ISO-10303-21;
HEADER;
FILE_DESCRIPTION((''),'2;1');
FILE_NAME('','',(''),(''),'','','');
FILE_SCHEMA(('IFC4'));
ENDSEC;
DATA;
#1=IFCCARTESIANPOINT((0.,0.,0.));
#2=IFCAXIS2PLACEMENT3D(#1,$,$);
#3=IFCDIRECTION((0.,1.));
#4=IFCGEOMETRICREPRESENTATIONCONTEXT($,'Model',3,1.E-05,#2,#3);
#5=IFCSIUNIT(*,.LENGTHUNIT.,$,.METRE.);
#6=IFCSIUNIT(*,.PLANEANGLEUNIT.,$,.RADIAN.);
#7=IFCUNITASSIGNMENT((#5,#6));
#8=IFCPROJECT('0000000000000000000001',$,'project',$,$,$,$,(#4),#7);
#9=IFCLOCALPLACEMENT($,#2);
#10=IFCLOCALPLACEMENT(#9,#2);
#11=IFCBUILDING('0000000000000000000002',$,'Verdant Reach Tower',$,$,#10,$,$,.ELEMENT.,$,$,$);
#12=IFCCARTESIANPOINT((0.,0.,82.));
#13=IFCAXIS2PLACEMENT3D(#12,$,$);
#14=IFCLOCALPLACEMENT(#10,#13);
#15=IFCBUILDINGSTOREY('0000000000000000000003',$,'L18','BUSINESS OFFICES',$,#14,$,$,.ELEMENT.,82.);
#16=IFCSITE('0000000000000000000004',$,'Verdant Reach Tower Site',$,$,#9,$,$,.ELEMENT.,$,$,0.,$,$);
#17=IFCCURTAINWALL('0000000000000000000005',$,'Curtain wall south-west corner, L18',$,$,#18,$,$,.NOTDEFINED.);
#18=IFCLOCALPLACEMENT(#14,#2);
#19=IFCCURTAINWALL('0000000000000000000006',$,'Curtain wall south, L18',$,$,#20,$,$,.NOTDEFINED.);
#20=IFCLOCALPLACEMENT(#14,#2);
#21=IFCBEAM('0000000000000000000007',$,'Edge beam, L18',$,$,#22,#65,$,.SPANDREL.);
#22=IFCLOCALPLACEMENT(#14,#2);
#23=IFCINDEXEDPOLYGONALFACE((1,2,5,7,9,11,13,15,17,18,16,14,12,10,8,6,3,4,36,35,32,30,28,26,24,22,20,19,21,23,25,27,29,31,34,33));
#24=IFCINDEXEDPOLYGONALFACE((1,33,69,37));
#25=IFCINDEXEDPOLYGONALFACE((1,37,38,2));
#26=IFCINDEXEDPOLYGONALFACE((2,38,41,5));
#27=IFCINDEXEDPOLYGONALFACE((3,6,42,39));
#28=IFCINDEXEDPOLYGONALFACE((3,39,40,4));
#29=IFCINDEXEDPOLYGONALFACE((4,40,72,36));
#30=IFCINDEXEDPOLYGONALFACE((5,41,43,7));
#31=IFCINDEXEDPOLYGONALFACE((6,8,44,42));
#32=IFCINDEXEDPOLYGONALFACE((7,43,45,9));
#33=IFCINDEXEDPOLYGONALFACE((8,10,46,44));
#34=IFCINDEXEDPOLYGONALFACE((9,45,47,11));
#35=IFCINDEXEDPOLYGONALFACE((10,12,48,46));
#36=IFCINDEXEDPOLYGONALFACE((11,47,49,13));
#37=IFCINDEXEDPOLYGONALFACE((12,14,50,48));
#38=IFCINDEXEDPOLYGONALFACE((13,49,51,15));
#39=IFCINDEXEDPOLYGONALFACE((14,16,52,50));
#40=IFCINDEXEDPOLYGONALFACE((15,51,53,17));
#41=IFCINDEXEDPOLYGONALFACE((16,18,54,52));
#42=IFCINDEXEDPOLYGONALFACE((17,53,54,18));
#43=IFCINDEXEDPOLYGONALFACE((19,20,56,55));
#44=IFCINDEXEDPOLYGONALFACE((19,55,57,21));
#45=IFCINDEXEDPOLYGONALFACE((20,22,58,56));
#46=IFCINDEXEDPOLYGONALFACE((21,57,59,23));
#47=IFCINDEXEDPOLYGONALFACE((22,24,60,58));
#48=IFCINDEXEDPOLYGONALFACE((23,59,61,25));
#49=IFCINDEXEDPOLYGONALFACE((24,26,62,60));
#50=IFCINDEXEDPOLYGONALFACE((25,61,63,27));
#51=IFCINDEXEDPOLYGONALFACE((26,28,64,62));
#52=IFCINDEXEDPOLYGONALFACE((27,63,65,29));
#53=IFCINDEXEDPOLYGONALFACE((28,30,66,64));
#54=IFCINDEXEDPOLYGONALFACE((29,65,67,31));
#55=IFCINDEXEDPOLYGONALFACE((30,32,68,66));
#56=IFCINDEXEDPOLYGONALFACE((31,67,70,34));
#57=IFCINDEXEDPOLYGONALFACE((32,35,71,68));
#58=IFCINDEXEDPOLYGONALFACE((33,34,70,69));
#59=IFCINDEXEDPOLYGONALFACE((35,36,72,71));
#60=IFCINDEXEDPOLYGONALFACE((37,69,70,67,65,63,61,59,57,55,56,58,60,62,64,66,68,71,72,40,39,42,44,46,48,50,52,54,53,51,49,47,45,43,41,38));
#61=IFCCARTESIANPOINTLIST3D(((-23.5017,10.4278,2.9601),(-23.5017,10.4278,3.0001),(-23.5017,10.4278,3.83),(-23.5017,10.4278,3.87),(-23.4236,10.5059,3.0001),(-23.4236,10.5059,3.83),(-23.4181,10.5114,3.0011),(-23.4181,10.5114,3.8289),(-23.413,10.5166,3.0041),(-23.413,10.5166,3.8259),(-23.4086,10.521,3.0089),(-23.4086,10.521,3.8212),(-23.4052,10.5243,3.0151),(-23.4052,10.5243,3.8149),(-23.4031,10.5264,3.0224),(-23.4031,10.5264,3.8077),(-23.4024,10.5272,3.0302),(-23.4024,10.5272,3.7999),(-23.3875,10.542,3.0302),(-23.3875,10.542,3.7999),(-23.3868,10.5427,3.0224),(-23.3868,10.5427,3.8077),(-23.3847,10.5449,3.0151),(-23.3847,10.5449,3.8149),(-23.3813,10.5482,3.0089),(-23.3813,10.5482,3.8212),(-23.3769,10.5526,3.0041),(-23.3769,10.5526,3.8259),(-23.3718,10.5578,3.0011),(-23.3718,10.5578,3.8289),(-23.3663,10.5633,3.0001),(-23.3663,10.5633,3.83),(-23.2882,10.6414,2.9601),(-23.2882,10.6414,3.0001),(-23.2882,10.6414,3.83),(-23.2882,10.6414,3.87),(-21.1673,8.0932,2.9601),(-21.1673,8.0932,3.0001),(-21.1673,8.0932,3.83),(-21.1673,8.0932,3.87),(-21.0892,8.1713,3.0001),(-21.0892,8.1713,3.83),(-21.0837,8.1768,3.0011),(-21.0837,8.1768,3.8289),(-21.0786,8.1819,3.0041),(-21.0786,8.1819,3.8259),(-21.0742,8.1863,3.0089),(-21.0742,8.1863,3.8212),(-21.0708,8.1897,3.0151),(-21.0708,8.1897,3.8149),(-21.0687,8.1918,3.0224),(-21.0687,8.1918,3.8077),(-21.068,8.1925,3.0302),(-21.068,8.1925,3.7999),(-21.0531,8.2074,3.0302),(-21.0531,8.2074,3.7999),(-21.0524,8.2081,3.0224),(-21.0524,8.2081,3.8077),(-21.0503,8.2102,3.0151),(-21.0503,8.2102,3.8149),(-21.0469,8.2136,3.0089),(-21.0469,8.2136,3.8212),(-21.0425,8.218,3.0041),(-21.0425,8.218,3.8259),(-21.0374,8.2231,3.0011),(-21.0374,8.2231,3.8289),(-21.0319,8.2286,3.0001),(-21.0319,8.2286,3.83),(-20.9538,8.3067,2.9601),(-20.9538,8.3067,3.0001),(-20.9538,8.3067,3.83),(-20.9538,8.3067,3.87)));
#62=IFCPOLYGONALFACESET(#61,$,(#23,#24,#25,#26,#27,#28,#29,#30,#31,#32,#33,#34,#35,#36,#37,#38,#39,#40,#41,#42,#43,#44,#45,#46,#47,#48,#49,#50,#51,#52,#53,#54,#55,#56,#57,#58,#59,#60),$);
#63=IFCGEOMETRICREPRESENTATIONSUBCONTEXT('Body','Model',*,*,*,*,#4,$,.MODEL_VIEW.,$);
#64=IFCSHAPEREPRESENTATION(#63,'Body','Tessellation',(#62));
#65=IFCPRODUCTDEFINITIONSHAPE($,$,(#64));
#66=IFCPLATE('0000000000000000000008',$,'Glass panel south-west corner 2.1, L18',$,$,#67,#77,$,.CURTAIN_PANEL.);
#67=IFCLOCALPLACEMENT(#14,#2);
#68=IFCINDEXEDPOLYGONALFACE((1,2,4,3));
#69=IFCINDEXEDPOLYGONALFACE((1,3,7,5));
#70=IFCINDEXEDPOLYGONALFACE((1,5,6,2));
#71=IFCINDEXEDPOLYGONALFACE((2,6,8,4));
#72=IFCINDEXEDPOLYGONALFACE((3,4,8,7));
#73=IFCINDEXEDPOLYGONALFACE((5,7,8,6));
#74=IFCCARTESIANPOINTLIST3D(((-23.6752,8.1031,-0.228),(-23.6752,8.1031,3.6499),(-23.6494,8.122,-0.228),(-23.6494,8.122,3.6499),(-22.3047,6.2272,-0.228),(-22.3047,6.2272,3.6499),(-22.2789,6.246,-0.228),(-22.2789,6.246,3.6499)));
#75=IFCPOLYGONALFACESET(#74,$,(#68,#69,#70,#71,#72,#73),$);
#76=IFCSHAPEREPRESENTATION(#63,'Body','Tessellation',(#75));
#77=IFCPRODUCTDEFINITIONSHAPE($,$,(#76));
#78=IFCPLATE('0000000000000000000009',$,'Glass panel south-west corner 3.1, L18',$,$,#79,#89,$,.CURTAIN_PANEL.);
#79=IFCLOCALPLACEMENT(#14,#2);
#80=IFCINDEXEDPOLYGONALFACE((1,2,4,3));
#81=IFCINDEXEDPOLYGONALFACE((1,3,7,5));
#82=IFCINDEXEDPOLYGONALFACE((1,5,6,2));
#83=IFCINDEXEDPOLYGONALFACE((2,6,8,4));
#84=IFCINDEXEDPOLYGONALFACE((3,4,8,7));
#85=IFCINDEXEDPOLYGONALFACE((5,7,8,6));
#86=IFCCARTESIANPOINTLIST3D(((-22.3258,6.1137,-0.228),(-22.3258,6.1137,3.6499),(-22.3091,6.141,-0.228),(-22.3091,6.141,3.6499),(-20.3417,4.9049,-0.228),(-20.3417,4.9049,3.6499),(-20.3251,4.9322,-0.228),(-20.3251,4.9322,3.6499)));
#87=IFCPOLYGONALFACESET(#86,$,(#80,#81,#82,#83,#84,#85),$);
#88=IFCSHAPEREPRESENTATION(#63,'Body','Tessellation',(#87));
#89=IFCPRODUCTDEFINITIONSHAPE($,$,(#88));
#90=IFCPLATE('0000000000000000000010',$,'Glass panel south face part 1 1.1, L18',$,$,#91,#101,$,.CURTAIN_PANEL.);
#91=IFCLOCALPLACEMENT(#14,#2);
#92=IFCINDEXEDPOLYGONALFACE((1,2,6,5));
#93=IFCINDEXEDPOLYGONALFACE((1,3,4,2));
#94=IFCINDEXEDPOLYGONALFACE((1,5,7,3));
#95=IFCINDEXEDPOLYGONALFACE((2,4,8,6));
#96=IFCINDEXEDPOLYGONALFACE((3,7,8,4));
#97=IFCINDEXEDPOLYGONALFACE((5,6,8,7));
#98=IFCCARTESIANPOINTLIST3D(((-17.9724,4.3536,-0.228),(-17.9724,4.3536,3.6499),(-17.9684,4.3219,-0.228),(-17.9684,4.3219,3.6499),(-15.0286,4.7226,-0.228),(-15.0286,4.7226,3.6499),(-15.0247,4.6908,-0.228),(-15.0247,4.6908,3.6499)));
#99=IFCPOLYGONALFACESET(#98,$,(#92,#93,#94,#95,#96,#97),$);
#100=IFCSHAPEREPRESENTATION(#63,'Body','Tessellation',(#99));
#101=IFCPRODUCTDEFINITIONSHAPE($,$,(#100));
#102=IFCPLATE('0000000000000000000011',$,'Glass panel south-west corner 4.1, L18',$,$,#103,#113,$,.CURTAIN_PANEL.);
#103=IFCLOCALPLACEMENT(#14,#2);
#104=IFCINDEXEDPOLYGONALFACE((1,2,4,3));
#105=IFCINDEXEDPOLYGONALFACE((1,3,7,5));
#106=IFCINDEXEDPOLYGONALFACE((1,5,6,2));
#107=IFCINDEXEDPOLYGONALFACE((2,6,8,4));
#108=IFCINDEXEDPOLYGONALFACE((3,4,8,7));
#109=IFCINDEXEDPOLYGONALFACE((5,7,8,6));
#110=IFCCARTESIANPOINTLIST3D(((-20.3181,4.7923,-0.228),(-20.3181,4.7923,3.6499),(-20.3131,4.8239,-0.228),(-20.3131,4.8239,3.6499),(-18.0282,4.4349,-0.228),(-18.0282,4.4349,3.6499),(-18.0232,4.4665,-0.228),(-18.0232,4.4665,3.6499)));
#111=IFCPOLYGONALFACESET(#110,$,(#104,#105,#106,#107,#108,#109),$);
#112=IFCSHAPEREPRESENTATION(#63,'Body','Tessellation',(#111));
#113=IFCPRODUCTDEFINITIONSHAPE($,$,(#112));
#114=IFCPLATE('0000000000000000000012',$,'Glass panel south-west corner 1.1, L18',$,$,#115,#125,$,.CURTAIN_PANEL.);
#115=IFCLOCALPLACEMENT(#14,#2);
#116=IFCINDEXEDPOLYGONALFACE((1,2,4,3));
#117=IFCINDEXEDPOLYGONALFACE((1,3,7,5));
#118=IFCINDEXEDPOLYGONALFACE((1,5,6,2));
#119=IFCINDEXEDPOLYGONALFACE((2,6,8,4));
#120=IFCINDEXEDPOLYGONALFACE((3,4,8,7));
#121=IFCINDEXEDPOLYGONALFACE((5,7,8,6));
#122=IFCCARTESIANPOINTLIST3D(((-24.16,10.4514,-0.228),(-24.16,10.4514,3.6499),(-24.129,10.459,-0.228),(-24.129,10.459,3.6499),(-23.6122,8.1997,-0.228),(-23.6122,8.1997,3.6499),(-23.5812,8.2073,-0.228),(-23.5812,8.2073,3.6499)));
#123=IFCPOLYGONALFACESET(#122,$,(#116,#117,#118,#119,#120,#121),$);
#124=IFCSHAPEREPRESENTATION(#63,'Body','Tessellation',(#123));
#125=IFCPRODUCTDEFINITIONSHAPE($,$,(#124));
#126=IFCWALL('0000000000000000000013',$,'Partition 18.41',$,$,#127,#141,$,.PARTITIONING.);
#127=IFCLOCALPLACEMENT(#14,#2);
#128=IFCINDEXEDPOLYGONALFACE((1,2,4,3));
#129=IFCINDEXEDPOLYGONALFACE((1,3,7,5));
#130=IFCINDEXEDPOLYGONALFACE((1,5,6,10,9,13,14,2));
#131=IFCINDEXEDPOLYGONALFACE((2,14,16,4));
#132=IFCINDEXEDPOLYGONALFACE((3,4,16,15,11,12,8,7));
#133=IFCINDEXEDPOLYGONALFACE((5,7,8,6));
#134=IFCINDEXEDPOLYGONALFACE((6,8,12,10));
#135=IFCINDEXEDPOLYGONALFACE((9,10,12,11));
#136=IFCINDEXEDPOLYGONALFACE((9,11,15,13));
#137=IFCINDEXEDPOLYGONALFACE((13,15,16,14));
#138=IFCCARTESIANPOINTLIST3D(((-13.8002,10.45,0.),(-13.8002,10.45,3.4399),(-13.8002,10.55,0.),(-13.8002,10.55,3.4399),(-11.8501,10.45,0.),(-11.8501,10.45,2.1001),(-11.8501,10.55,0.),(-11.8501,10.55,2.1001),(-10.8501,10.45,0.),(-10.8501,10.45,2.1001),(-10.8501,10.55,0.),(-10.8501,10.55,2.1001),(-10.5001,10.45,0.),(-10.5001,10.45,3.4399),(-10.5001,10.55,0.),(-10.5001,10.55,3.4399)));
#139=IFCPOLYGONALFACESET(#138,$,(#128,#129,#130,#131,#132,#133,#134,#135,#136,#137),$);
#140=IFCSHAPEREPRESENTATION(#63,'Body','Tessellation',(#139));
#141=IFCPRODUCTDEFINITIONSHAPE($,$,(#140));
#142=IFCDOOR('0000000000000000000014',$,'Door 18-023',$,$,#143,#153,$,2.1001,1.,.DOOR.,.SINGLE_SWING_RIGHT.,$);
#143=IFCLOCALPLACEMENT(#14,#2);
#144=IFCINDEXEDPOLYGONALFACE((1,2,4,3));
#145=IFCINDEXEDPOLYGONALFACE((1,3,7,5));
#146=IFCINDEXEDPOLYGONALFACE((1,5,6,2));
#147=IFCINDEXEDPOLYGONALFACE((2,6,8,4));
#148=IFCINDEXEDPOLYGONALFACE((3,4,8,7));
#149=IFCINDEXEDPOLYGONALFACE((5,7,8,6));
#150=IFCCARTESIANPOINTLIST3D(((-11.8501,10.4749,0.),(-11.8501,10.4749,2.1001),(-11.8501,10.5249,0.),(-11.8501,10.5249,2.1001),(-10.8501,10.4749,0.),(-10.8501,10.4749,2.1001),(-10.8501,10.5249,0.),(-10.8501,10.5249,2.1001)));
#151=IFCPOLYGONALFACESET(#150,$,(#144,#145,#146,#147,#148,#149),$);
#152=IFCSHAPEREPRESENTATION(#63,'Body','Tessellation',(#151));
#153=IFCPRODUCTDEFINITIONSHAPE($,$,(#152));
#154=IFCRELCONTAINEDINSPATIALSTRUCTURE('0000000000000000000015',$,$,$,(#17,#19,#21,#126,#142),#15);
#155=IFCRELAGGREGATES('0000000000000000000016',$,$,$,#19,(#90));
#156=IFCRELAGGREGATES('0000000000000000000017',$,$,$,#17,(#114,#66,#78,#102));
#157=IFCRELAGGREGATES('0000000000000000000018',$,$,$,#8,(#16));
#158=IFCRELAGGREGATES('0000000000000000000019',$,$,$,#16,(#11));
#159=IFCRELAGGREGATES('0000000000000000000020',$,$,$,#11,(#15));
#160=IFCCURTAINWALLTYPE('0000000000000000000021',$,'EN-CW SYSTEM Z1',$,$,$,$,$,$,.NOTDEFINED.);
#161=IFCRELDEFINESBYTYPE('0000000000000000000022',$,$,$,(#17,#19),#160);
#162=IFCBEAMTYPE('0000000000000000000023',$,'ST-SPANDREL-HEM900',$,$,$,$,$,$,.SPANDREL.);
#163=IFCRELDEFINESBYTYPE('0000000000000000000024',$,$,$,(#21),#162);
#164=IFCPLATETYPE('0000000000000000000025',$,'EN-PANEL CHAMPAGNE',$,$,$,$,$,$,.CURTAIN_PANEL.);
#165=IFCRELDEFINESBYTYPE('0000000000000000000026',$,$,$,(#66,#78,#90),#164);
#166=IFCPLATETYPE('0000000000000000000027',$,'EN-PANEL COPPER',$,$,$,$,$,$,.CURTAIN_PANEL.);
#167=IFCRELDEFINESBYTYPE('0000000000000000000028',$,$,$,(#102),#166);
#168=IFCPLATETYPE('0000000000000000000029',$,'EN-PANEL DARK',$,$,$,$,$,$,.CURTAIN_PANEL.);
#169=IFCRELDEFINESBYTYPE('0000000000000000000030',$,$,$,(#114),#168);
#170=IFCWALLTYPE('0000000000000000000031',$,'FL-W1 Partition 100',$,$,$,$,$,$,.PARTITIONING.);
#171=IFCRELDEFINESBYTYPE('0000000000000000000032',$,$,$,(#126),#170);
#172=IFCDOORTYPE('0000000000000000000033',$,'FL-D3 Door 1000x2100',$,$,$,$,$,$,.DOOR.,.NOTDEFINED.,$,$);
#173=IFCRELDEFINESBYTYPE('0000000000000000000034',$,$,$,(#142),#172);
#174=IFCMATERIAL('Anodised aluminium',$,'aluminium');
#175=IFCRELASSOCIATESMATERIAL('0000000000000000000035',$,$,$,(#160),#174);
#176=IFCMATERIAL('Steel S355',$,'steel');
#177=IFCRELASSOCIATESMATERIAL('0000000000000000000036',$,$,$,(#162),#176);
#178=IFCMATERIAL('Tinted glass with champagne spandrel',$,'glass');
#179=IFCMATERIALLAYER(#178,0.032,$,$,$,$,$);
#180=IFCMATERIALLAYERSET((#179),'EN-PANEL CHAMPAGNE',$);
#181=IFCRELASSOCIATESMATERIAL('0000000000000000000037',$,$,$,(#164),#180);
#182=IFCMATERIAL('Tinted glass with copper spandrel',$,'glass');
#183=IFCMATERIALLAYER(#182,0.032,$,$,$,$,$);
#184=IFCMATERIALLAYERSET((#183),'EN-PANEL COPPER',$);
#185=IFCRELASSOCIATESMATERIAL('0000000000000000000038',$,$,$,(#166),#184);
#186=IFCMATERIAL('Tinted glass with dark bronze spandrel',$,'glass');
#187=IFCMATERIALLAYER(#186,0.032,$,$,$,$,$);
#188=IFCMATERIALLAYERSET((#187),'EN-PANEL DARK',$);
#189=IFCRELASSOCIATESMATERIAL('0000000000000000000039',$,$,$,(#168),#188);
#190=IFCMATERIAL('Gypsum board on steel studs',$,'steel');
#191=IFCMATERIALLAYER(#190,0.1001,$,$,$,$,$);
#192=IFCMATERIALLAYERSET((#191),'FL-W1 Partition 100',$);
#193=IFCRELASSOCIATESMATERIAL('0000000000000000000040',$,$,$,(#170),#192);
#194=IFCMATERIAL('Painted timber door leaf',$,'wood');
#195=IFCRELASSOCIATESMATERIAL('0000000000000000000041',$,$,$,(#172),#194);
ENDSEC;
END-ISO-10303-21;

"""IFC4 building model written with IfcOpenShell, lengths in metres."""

from ifc_helpers import new_model, si_unit, direction, frame, frame_2d, origin, origin_2d, place, context, subcontext, project, spatial, rectangle, i_section, extrude, material, layer, layer_set, material_profile, profile_set, type_object, element, fill, aggregate, save


model = new_model("IFC4")

# Units and contexts
model_context = context("Model", 3, precision=1e-05, world=origin(), true_north=direction((0.0, 1.0)))
body_context = subcontext(model_context, "Body", "Model", "MODEL_VIEW")
ifc_project = project(units=[si_unit("LENGTHUNIT", "METRE"), si_unit("PLANEANGLEUNIT", "RADIAN")], contexts=[model_context])

# Site, building, storey
site_placement = place(None, origin())
site = spatial("IfcSite", under=ifc_project, at=site_placement, Name="Verdant Reach Tower Site", CompositionType="ELEMENT", RefElevation=0.0)
building_placement = place(site_placement, origin())
building = spatial("IfcBuilding", under=site, at=building_placement, Name="Verdant Reach Tower", CompositionType="ELEMENT")
storey_placement = place(building_placement, frame((0.0, 0.0, 82.0)))
storey = spatial("IfcBuildingStorey", under=building, at=storey_placement, Name="L18", Description="BUSINESS OFFICES", CompositionType="ELEMENT", Elevation=82.0)

# Curtain walls
ifc_material_1 = material(Name="Anodised aluminium", Category="aluminium")
curtain_wall_type = type_object("IfcCurtainWallType", Name="EN-CW SYSTEM Z1", PredefinedType="NOTDEFINED", material=ifc_material_1)
curtain_wall_1_placement = place(storey_placement, origin())
curtain_wall_1 = element("IfcCurtainWall", 1, at=curtain_wall_1_placement, inside=storey, type_object=curtain_wall_type, Name="Curtain wall south-west corner, L18", PredefinedType="NOTDEFINED")
curtain_wall_2_placement = place(storey_placement, origin())
curtain_wall_2 = element("IfcCurtainWall", 2, at=curtain_wall_2_placement, inside=storey, type_object=curtain_wall_type, Name="Curtain wall south, L18", PredefinedType="NOTDEFINED")

# Beam
ifc_material_2 = material(Name="Steel S355", Category="steel")
ifc_material_profile_1 = material_profile(ifc_material_2, i_section(OverallWidth=0.302, OverallDepth=0.9099, WebThickness=0.021, FlangeThickness=0.04, FilletRadius=0.03, at=origin_2d()), Name="HEM 900")
ifc_profile_set_1 = profile_set([ifc_material_profile_1], Name="Steel S355")
beam_type = type_object("IfcBeamType", Name="ST-SPANDREL-HEM900", PredefinedType="SPANDREL", material=ifc_profile_set_1)
beam_1_placement = place(storey_placement, frame((-21.0605, 8.2, 3.415), z_axis=(-0.70707, 0.707144, 0.0), x_axis=(-0.707144, -0.70707, 0.0)))
element("IfcBeam", 3, at=beam_1_placement, inside=storey, type_object=beam_type, Name="Edge beam, L18", PredefinedType="SPANDREL", context=body_context, shape_type="SweptSolid", body=[
    extrude(i_section(OverallWidth=0.302, OverallDepth=0.9099, WebThickness=0.021, FlangeThickness=0.04, FilletRadius=0.03, at=origin_2d()), origin(), (0.0, 0.0, 1.0), 3.3015),
])

# Plates
ifc_material_3 = material(Name="Tinted glass with champagne spandrel", Category="glass")
ifc_layer_1 = layer(ifc_material_3, 0.032)
ifc_layer_set_1 = layer_set([ifc_layer_1], Name="EN-PANEL CHAMPAGNE")
plate_type_1 = type_object("IfcPlateType", Name="EN-PANEL CHAMPAGNE", PredefinedType="CURTAIN_PANEL", material=ifc_layer_set_1)
plate_1_placement = place(storey_placement, frame((-22.9771, 7.1746, -0.228), z_axis=(0.0, 0.0, 1.0), x_axis=(0.589927, -0.807457, 0.0)))
plate_1 = element("IfcPlate", 4, at=plate_1_placement, type_object=plate_type_1, Name="Glass panel south-west corner 2.1, L18", PredefinedType="CURTAIN_PANEL", context=body_context, shape_type="SweptSolid", body=[
    extrude(rectangle(XDim=2.3232, YDim=0.032, at=origin_2d()), origin(), (0.0, 0.0, 1.0), 3.8779),
])
plate_2_placement = place(storey_placement, frame((-21.3254, 5.5229, -0.228), z_axis=(0.0, 0.0, 1.0), x_axis=(0.853989, -0.520292, 0.0)))
plate_2 = element("IfcPlate", 5, at=plate_2_placement, type_object=plate_type_1, Name="Glass panel south-west corner 3.1, L18", PredefinedType="CURTAIN_PANEL", context=body_context, shape_type="SweptSolid", body=[
    extrude(rectangle(XDim=2.3232, YDim=0.032, at=origin_2d()), origin(), (0.0, 0.0, 1.0), 3.8779),
])
plate_3_placement = place(storey_placement, frame((-16.4985, 4.5222, -0.228), z_axis=(0.0, 0.0, 1.0), x_axis=(0.992235, 0.124374, 0.0)))
plate_3 = element("IfcPlate", 6, at=plate_3_placement, type_object=plate_type_1, Name="Glass panel south face part 1 1.1, L18", PredefinedType="CURTAIN_PANEL", context=body_context, shape_type="SweptSolid", body=[
    extrude(rectangle(XDim=2.9668, YDim=0.032, at=origin_2d()), origin(), (0.0, 0.0, 1.0), 3.8779),
])
aggregate(curtain_wall_2, [plate_3])
ifc_material_4 = material(Name="Tinted glass with copper spandrel", Category="glass")
ifc_layer_2 = layer(ifc_material_4, 0.032)
ifc_layer_set_2 = layer_set([ifc_layer_2], Name="EN-PANEL COPPER")
plate_type_2 = type_object("IfcPlateType", Name="EN-PANEL COPPER", PredefinedType="CURTAIN_PANEL", material=ifc_layer_set_2)
plate_4_placement = place(storey_placement, frame((-19.1707, 4.6294, -0.228), z_axis=(0.0, 0.0, 1.0), x_axis=(0.988033, -0.154245, 0.0)))
plate_4 = element("IfcPlate", 7, at=plate_4_placement, type_object=plate_type_2, Name="Glass panel south-west corner 4.1, L18", PredefinedType="CURTAIN_PANEL", context=body_context, shape_type="SweptSolid", body=[
    extrude(rectangle(XDim=2.3176, YDim=0.032, at=origin_2d()), origin(), (0.0, 0.0, 1.0), 3.8779),
])
ifc_material_5 = material(Name="Tinted glass with dark bronze spandrel", Category="glass")
ifc_layer_3 = layer(ifc_material_5, 0.032)
ifc_layer_set_3 = layer_set([ifc_layer_3], Name="EN-PANEL DARK")
plate_type_3 = type_object("IfcPlateType", Name="EN-PANEL DARK", PredefinedType="CURTAIN_PANEL", material=ifc_layer_set_3)
plate_5_placement = place(storey_placement, frame((-23.8706, 9.3293, -0.228), z_axis=(0.0, 0.0, 1.0), x_axis=(0.236383, -0.97166, 0.0)))
plate_5 = element("IfcPlate", 8, at=plate_5_placement, type_object=plate_type_3, Name="Glass panel south-west corner 1.1, L18", PredefinedType="CURTAIN_PANEL", context=body_context, shape_type="SweptSolid", body=[
    extrude(rectangle(XDim=2.3174, YDim=0.032, at=origin_2d()), origin(), (0.0, 0.0, 1.0), 3.8779),
])
aggregate(curtain_wall_1, [plate_5, plate_1, plate_2, plate_4])

# Wall, opening, door
ifc_material_6 = material(Name="Gypsum board on steel studs", Category="steel")
ifc_layer_4 = layer(ifc_material_6, 0.1001)
ifc_layer_set_4 = layer_set([ifc_layer_4], Name="FL-W1 Partition 100")
wall_type_1 = type_object("IfcWallType", Name="FL-W1 Partition 100", PredefinedType="PARTITIONING", material=ifc_layer_set_4)
wall_1_placement = place(storey_placement, frame((-13.8, 10.5, 0.0), z_axis=(0.0, 0.0, 1.0), x_axis=(1.0, 0.0, 0.0)))
wall_1 = element("IfcWall", 9, at=wall_1_placement, inside=storey, type_object=wall_type_1, Name="Partition 18.41", PredefinedType="PARTITIONING", context=body_context, shape_type="SweptSolid", body=[
    extrude(rectangle(XDim=3.3, YDim=0.1001, at=frame_2d((1.6499, 0.0))), origin(), (0.0, 0.0, 1.0), 3.4399),
])
opening_1_placement = place(wall_1_placement, frame((1.95, 0.0, 0.0)))
opening_1 = element("IfcOpeningElement", 10, at=opening_1_placement, cuts=wall_1, PredefinedType="OPENING", context=body_context, shape_type="SweptSolid", body=[
    extrude(rectangle(XDim=1.0, YDim=2.1001, at=frame_2d((0.5, 1.05))), frame((0.0, 0.0601, 0.0), z_axis=(0.0, -1.0, 0.0), x_axis=(1.0, 0.0, 0.0)), (0.0, 0.0, 1.0), 0.1201),
])
ifc_material_7 = material(Name="Painted timber door leaf", Category="wood")
door_type_1 = type_object("IfcDoorType", Name="FL-D3 Door 1000x2100", OperationType="NOTDEFINED", PredefinedType="DOOR", material=ifc_material_7)
door_1_placement = place(opening_1_placement, origin())
door_1 = element("IfcDoor", 11, at=door_1_placement, inside=storey, type_object=door_type_1, Name="Door 18-023", OperationType="SINGLE_SWING_RIGHT", OverallHeight=2.1001, OverallWidth=1.0, PredefinedType="DOOR", context=body_context, shape_type="SweptSolid", body=[
    extrude(rectangle(XDim=1.0, YDim=2.1001, at=frame_2d((0.5, 1.05))), frame((0.0, 0.0249, 0.0), z_axis=(0.0, -1.0, 0.0), x_axis=(1.0, 0.0, 0.0)), (0.0, 0.0, 1.0), 0.05),
])
fill(opening_1, door_1)

save(model, "model.ifc")
